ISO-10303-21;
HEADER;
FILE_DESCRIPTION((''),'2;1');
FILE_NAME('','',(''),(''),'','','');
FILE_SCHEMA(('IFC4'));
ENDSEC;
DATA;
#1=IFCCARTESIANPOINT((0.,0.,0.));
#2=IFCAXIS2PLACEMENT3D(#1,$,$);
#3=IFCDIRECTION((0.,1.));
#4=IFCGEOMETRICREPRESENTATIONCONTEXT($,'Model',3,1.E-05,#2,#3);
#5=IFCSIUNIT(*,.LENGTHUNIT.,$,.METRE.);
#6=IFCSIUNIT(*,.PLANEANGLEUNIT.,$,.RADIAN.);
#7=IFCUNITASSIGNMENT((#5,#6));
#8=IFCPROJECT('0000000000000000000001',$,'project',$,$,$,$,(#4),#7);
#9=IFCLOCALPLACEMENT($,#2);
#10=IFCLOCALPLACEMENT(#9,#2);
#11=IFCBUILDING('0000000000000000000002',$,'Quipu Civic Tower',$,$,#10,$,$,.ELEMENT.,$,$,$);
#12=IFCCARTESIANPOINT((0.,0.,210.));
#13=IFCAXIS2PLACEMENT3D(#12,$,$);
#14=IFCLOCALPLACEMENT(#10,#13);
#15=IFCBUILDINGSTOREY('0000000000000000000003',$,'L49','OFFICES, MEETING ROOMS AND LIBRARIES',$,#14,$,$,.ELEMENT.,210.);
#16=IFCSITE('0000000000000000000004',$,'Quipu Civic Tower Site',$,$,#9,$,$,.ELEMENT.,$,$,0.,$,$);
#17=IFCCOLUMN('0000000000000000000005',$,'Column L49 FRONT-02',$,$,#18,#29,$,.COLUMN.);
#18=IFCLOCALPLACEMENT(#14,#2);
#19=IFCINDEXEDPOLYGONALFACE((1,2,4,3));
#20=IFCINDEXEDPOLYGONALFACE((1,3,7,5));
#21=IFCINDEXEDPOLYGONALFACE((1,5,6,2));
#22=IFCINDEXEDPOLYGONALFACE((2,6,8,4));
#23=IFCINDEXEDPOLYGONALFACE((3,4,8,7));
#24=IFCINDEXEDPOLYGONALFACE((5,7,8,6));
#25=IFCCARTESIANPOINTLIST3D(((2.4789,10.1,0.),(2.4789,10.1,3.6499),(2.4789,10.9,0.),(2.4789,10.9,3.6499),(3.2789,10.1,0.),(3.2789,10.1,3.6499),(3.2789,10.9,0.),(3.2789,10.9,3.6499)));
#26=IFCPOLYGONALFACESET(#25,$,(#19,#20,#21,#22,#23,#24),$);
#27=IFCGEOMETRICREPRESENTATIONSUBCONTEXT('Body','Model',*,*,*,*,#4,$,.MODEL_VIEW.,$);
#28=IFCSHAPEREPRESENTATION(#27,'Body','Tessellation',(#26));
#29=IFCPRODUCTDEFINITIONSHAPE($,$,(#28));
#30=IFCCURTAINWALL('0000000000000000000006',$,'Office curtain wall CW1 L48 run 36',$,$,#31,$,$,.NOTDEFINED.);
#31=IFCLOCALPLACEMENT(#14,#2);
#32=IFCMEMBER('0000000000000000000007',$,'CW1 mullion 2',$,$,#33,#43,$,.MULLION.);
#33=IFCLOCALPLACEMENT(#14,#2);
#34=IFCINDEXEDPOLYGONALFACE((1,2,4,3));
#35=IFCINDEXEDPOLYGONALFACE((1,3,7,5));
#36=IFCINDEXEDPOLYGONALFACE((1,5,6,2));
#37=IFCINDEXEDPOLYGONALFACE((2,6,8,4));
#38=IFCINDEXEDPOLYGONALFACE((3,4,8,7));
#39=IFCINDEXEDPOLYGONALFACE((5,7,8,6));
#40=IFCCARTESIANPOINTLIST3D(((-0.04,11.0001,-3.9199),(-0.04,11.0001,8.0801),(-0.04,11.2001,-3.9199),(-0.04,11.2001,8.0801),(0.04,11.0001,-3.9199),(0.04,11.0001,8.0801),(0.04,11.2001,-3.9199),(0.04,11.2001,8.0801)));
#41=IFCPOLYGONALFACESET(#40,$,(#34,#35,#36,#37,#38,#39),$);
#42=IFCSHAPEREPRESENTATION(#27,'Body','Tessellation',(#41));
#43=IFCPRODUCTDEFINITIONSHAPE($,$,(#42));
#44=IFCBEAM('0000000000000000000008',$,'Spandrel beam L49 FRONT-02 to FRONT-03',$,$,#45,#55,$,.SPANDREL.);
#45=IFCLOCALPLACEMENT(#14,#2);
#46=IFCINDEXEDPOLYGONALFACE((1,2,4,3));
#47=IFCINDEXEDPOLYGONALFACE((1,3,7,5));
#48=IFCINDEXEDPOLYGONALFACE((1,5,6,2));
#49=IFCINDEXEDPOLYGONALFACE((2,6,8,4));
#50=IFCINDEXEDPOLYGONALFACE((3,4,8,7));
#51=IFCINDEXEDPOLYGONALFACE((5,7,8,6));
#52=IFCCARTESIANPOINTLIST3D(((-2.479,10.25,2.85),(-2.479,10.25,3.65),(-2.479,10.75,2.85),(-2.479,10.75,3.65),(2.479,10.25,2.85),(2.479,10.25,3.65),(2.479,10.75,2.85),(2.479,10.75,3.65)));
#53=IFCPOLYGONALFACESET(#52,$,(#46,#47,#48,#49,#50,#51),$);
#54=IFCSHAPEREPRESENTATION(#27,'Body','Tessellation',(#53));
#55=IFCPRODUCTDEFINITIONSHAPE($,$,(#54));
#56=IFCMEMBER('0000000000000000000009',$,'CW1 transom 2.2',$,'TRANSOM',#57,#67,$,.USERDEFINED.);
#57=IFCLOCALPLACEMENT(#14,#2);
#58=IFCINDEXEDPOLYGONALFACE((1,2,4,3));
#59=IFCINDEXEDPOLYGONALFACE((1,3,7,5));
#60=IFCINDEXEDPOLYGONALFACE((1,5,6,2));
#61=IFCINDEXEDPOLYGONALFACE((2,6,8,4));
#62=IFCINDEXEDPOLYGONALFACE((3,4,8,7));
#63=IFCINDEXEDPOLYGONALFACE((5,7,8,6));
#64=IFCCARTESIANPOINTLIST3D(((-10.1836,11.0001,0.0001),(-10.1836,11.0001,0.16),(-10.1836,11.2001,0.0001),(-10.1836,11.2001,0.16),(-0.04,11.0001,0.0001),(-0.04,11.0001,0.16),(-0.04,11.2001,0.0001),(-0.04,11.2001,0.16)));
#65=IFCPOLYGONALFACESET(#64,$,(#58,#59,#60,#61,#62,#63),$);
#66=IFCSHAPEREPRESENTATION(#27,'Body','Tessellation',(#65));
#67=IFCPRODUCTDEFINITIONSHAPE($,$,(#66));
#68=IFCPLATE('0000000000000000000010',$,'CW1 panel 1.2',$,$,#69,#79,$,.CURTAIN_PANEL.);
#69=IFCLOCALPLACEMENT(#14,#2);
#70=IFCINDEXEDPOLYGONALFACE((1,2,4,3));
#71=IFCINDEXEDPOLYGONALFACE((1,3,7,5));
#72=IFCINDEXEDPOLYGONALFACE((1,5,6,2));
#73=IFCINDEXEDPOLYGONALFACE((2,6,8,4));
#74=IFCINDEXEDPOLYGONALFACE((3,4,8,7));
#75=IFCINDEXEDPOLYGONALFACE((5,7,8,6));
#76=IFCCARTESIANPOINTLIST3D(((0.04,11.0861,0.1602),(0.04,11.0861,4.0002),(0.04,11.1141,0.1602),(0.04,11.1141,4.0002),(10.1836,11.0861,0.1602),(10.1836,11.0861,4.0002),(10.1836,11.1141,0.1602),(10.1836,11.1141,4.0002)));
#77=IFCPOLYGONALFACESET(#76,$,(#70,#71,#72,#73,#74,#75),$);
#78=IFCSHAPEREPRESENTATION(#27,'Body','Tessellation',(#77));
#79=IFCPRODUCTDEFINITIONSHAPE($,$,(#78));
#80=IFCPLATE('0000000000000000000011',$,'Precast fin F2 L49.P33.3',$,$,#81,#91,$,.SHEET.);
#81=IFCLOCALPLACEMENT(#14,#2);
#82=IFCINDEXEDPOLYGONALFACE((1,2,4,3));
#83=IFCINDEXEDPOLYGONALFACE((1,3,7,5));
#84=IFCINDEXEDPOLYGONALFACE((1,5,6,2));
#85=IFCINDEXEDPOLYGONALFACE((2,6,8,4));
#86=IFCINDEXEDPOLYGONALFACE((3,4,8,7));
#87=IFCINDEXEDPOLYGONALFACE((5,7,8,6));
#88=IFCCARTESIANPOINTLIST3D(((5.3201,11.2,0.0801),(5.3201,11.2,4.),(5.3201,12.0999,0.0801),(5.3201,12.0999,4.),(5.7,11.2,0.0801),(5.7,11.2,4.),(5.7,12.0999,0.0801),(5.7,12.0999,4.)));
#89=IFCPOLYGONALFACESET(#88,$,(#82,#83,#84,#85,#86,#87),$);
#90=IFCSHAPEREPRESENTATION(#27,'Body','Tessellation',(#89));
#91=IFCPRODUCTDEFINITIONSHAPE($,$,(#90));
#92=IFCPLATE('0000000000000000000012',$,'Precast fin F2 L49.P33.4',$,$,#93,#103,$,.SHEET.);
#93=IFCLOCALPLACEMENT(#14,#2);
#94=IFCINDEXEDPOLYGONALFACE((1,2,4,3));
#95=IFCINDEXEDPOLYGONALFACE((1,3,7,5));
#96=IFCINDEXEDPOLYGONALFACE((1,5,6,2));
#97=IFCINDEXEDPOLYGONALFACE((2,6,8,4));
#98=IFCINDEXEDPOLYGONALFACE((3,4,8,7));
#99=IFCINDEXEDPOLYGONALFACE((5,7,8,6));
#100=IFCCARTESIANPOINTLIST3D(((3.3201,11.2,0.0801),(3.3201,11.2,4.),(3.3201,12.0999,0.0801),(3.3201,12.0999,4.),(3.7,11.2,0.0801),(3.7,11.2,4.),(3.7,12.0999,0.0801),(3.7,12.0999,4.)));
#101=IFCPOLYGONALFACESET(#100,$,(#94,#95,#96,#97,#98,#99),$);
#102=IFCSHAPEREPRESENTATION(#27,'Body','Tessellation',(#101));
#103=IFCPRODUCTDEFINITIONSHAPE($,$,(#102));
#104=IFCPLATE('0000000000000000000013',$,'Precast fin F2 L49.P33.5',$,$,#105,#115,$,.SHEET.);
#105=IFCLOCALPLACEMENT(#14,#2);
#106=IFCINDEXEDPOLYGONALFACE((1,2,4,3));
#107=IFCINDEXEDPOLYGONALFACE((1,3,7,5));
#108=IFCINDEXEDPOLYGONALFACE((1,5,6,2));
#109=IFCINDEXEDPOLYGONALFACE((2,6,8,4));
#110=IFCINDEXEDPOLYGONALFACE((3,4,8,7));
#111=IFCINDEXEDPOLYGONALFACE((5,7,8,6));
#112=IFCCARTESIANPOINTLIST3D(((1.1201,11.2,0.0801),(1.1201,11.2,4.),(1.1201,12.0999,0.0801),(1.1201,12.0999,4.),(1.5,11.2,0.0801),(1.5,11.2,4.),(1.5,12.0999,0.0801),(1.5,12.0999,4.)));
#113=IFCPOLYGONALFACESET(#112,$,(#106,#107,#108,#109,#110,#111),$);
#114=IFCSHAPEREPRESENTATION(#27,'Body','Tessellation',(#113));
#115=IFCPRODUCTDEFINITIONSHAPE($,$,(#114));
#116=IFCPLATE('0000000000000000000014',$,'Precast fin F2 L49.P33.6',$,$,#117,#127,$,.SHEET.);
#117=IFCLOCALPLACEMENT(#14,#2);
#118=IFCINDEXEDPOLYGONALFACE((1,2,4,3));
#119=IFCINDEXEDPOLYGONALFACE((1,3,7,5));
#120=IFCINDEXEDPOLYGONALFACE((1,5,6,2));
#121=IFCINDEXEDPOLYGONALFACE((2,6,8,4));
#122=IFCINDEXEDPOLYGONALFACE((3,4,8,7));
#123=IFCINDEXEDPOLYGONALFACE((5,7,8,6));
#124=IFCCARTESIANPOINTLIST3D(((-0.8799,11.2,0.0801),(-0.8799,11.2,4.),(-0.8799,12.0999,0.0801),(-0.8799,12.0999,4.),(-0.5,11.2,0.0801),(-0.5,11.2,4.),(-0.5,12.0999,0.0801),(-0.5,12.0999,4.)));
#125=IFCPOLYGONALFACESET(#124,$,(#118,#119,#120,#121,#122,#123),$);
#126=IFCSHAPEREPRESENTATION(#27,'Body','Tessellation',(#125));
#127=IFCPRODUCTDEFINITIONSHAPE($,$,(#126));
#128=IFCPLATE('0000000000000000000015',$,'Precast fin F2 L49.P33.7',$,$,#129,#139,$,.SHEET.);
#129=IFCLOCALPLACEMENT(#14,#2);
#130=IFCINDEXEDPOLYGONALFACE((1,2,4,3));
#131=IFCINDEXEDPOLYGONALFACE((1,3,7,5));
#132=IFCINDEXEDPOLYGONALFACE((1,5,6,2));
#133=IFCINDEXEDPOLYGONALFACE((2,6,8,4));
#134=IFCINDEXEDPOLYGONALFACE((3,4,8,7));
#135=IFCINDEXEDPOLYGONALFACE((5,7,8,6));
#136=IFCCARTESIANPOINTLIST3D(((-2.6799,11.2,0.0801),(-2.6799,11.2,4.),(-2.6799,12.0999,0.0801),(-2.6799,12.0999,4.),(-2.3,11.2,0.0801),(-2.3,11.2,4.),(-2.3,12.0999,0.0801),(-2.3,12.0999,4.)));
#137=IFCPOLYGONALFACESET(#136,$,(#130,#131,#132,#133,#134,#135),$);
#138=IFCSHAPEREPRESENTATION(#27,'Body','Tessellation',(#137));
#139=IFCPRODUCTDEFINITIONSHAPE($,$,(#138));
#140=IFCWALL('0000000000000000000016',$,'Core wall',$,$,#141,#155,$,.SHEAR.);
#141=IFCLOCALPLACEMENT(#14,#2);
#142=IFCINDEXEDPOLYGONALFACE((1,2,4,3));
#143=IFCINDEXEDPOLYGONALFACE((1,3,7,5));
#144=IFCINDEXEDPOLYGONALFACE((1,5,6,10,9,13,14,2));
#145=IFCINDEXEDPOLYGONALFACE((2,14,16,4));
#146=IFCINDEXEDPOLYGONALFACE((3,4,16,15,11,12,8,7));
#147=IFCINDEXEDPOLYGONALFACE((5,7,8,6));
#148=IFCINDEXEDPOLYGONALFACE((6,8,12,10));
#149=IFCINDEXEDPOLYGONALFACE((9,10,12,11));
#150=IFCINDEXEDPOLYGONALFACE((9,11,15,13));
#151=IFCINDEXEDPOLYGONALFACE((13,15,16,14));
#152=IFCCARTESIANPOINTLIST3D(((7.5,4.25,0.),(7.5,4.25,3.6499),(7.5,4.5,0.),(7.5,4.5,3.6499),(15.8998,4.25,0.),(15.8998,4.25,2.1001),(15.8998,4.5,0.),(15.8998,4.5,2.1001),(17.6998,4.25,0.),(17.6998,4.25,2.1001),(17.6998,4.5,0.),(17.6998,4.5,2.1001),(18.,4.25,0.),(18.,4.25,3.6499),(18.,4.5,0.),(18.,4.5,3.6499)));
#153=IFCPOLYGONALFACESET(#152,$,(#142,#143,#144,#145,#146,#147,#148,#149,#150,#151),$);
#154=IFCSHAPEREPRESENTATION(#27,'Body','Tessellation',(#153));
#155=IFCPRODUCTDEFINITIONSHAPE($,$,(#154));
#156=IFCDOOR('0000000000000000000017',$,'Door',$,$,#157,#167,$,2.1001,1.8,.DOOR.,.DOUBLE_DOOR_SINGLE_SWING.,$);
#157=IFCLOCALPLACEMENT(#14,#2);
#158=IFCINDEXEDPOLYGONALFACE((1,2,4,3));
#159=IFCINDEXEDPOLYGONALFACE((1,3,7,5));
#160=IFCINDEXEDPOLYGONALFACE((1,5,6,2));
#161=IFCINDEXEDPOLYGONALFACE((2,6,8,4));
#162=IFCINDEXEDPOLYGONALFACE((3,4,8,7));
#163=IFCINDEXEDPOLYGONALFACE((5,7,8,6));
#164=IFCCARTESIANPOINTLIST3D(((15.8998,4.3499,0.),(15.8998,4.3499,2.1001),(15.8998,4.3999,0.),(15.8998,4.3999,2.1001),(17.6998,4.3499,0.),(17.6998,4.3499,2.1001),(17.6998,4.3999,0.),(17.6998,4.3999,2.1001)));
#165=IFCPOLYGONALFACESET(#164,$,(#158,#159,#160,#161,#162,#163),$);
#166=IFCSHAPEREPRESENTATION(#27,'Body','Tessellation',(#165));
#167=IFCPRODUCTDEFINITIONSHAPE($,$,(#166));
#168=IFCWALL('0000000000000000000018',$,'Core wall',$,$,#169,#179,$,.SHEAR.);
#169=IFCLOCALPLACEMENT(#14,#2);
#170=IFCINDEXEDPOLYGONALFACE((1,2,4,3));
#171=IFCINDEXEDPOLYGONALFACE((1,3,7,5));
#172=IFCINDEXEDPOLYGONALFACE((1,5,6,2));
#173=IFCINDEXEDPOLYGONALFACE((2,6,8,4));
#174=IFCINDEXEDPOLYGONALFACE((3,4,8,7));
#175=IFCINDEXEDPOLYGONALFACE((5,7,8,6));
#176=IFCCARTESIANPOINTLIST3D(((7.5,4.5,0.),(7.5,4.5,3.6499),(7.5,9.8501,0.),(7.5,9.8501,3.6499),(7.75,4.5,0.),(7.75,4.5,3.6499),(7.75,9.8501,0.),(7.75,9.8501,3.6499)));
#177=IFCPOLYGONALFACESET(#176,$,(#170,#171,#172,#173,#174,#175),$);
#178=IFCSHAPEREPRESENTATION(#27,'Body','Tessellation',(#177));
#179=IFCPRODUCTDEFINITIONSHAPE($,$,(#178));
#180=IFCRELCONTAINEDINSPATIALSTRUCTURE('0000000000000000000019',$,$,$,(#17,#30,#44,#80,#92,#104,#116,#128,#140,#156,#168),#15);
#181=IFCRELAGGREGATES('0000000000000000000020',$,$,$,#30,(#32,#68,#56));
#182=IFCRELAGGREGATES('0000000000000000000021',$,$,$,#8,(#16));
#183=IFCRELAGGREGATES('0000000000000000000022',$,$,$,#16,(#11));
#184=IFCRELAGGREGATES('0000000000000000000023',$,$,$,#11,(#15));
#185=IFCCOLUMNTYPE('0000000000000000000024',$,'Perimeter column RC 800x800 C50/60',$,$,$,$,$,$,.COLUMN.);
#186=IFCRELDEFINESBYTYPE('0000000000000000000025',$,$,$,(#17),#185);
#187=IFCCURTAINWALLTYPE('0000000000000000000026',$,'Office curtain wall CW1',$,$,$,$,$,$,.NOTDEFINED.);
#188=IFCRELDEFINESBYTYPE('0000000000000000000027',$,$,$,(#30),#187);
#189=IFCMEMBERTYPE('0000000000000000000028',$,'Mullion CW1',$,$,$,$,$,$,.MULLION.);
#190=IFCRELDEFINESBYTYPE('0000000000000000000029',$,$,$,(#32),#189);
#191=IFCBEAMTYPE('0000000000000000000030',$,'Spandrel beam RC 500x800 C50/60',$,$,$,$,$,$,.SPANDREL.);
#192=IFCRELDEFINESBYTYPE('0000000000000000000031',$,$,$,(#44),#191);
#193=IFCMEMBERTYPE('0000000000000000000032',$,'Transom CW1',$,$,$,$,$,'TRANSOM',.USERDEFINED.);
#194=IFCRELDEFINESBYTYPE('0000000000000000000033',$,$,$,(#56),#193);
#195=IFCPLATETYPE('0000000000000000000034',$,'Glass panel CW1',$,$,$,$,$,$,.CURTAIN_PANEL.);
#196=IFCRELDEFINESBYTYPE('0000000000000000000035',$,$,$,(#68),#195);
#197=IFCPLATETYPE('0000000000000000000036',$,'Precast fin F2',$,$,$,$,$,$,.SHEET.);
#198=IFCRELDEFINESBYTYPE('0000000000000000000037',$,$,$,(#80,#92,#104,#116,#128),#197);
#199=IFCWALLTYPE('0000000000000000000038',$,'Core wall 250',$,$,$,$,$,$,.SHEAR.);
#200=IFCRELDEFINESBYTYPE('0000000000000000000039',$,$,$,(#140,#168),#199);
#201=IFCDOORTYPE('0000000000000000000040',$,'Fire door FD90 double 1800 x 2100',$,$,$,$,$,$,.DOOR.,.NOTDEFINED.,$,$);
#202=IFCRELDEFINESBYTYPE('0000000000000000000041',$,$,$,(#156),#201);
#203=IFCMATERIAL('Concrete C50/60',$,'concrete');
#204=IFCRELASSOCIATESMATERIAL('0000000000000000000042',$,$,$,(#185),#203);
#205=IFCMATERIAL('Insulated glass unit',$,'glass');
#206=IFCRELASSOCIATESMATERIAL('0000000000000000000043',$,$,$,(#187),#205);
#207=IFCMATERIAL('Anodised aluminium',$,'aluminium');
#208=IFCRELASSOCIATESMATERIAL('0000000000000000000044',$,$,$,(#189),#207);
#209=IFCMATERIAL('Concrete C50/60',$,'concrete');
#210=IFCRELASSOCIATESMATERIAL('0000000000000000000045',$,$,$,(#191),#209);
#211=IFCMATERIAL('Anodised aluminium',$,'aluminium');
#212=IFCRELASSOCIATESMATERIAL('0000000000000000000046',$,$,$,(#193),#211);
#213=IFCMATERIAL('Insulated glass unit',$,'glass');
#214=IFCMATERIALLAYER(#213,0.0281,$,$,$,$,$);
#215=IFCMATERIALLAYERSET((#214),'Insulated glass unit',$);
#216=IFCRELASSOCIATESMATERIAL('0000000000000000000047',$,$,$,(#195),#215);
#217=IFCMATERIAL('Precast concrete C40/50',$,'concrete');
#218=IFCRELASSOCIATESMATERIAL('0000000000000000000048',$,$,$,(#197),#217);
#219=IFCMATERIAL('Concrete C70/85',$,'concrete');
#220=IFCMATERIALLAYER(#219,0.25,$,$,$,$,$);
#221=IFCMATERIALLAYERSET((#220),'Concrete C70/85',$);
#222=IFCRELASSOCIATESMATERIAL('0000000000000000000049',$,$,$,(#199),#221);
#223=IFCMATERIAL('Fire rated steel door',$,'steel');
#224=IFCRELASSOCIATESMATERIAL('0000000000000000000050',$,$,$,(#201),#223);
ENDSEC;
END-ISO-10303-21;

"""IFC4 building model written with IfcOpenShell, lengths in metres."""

from ifc_helpers import new_model, si_unit, direction, frame, frame_2d, origin, origin_2d, place, context, subcontext, project, spatial, rectangle, extrude, material, layer, layer_set, material_profile, profile_set, type_object, element, fill, aggregate, save


model = new_model("IFC4")

# Units and contexts
model_context = context("Model", 3, precision=1e-05, world=origin(), true_north=direction((0.0, 1.0)))
body_context = subcontext(model_context, "Body", "Model", "MODEL_VIEW")
ifc_project = project(units=[si_unit("LENGTHUNIT", "METRE"), si_unit("PLANEANGLEUNIT", "RADIAN")], contexts=[model_context])

# Site, building, storey
site_placement = place(None, origin())
site = spatial("IfcSite", under=ifc_project, at=site_placement, Name="Quipu Civic Tower Site", CompositionType="ELEMENT", RefElevation=0.0)
building_placement = place(site_placement, origin())
building = spatial("IfcBuilding", under=site, at=building_placement, Name="Quipu Civic Tower", CompositionType="ELEMENT")
storey_placement = place(building_placement, frame((0.0, 0.0, 210.0)))
storey = spatial("IfcBuildingStorey", under=building, at=storey_placement, Name="L49", Description="OFFICES, MEETING ROOMS AND LIBRARIES", CompositionType="ELEMENT", Elevation=210.0)

# Column
ifc_material_1 = material(Name="Concrete C50/60", Category="concrete")
ifc_material_profile_1 = material_profile(ifc_material_1, rectangle(XDim=0.8, YDim=0.8, at=origin_2d()), Name="RC800x800")
ifc_profile_set_1 = profile_set([ifc_material_profile_1], Name="Concrete C50/60")
column_type = type_object("IfcColumnType", Name="Perimeter column RC 800x800 C50/60", PredefinedType="COLUMN", material=ifc_profile_set_1)
column_placement = place(storey_placement, frame((2.8789, 10.5, 0.0), z_axis=(0.0, 0.0, 1.0), x_axis=(-1.0, 0.0, 0.0)))
element("IfcColumn", 1, at=column_placement, inside=storey, type_object=column_type, Name="Column L49 FRONT-02", PredefinedType="COLUMN", context=body_context, shape_type="SweptSolid", body=[
    extrude(rectangle(XDim=0.8, YDim=0.8, at=origin_2d()), origin(), (0.0, 0.0, 1.0), 3.6499),
])

# Curtain wall, member
ifc_material_2 = material(Name="Insulated glass unit", Category="glass")
curtain_wall_type = type_object("IfcCurtainWallType", Name="Office curtain wall CW1", PredefinedType="NOTDEFINED", material=ifc_material_2)
curtain_wall_placement = place(storey_placement, origin())
curtain_wall = element("IfcCurtainWall", 2, at=curtain_wall_placement, inside=storey, type_object=curtain_wall_type, Name="Office curtain wall CW1 L48 run 36", PredefinedType="NOTDEFINED")
ifc_material_3 = material(Name="Anodised aluminium", Category="aluminium")
ifc_material_profile_2 = material_profile(ifc_material_3, rectangle(XDim=0.2, YDim=0.0801, at=origin_2d()), Name="RECT 200x80")
ifc_profile_set_2 = profile_set([ifc_material_profile_2], Name="Anodised aluminium")
member_type_1 = type_object("IfcMemberType", Name="Mullion CW1", PredefinedType="MULLION", material=ifc_profile_set_2)
member_1_placement = place(storey_placement, frame((0.0, 11.1001, -3.9199), z_axis=(0.0, 0.0, 1.0), x_axis=(0.0, -1.0, 0.0)))
member_1 = element("IfcMember", 3, at=member_1_placement, type_object=member_type_1, Name="CW1 mullion 2", PredefinedType="MULLION", context=body_context, shape_type="SweptSolid", body=[
    extrude(rectangle(XDim=0.2, YDim=0.0801, at=origin_2d()), origin(), (0.0, 0.0, 1.0), 12.0),
])

# Beam
ifc_material_4 = material(Name="Concrete C50/60", Category="concrete")
ifc_material_profile_3 = material_profile(ifc_material_4, rectangle(XDim=0.5, YDim=0.8, at=origin_2d()), Name="RC500x800")
ifc_profile_set_3 = profile_set([ifc_material_profile_3], Name="Concrete C50/60")
beam_type = type_object("IfcBeamType", Name="Spandrel beam RC 500x800 C50/60", PredefinedType="SPANDREL", material=ifc_profile_set_3)
beam_placement = place(storey_placement, frame((2.479, 10.5, 3.25), z_axis=(-1.0, 0.0, 0.0), x_axis=(0.0, -1.0, 0.0)))
element("IfcBeam", 4, at=beam_placement, inside=storey, type_object=beam_type, Name="Spandrel beam L49 FRONT-02 to FRONT-03", PredefinedType="SPANDREL", context=body_context, shape_type="SweptSolid", body=[
    extrude(rectangle(XDim=0.5, YDim=0.8, at=origin_2d()), origin(), (0.0, 0.0, 1.0), 4.958),
])

# Member
ifc_material_5 = material(Name="Anodised aluminium", Category="aluminium")
ifc_material_profile_4 = material_profile(ifc_material_5, rectangle(XDim=0.2, YDim=0.1599, at=origin_2d()), Name="RECT 200x160")
ifc_profile_set_4 = profile_set([ifc_material_profile_4], Name="Anodised aluminium")
member_type_2 = type_object("IfcMemberType", Name="Transom CW1", ElementType="TRANSOM", PredefinedType="USERDEFINED", material=ifc_profile_set_4)
member_2_placement = place(storey_placement, frame((-0.04, 11.1001, 0.0801), z_axis=(-1.0, 0.0, 0.0), x_axis=(0.0, -1.0, 0.0)))
member_2 = element("IfcMember", 5, at=member_2_placement, type_object=member_type_2, Name="CW1 transom 2.2", ObjectType="TRANSOM", PredefinedType="USERDEFINED", context=body_context, shape_type="SweptSolid", body=[
    extrude(rectangle(XDim=0.2, YDim=0.1599, at=origin_2d()), origin(), (0.0, 0.0, 1.0), 10.1436),
])

# Plate
ifc_material_6 = material(Name="Insulated glass unit", Category="glass")
ifc_layer_1 = layer(ifc_material_6, 0.0281)
ifc_layer_set_1 = layer_set([ifc_layer_1], Name="Insulated glass unit")
plate_type_1 = type_object("IfcPlateType", Name="Glass panel CW1", PredefinedType="CURTAIN_PANEL", material=ifc_layer_set_1)
plate_placement = place(storey_placement, frame((5.1118, 11.1001, 0.1602), z_axis=(0.0, 0.0, 1.0), x_axis=(-1.0, 0.0, 0.0)))
plate = element("IfcPlate", 6, at=plate_placement, type_object=plate_type_1, Name="CW1 panel 1.2", PredefinedType="CURTAIN_PANEL", context=body_context, shape_type="SweptSolid", body=[
    extrude(rectangle(XDim=10.1436, YDim=0.0281, at=origin_2d()), origin(), (0.0, 0.0, 1.0), 3.8401),
])
aggregate(curtain_wall, [member_1, plate, member_2])

# Plates
ifc_material_7 = material(Name="Precast concrete C40/50", Category="concrete")
plate_type_2 = type_object("IfcPlateType", Name="Precast fin F2", PredefinedType="SHEET", material=ifc_material_7)
for number, where, z_axis, x_axis, name in (
    (7, (5.51, 11.6499, 0.0801), (0.0, 0.0, 1.0), (-1.0, 0.0, 0.0), "Precast fin F2 L49.P33.3"),
    (8, (3.51, 11.6499, 0.0801), (0.0, 0.0, 1.0), (-1.0, 0.0, 0.0), "Precast fin F2 L49.P33.4"),
    (9, (1.3101, 11.6499, 0.0801), (0.0, 0.0, 1.0), (-1.0, 0.0, 0.0), "Precast fin F2 L49.P33.5"),
    (10, (-0.6899, 11.6499, 0.0801), (0.0, 0.0, 1.0), (-1.0, 0.0, 0.0), "Precast fin F2 L49.P33.6"),
    (11, (-2.49, 11.6499, 0.0801), (0.0, 0.0, 1.0), (-1.0, 0.0, 0.0), "Precast fin F2 L49.P33.7"),
):
    element("IfcPlate", number, at=place(storey_placement, frame(where, z_axis=z_axis, x_axis=x_axis)), inside=storey, type_object=plate_type_2, Name=name, PredefinedType="SHEET", context=body_context, shape_type="SweptSolid", body=[
        extrude(rectangle(XDim=0.3799, YDim=0.8999, at=origin_2d()), origin(), (0.0, 0.0, 1.0), 3.9199),
    ])

# Wall, opening, door
ifc_material_8 = material(Name="Concrete C70/85", Category="concrete")
ifc_layer_2 = layer(ifc_material_8, 0.25)
ifc_layer_set_2 = layer_set([ifc_layer_2], Name="Concrete C70/85")
wall_type_1 = type_object("IfcWallType", Name="Core wall 250", PredefinedType="SHEAR", material=ifc_layer_set_2)
wall_1_placement = place(storey_placement, frame((7.5, 4.375, 0.0), z_axis=(0.0, 0.0, 1.0), x_axis=(1.0, 0.0, 0.0)))
wall_1 = element("IfcWall", 12, at=wall_1_placement, inside=storey, type_object=wall_type_1, Name="Core wall", PredefinedType="SHEAR", context=body_context, shape_type="SweptSolid", body=[
    extrude(rectangle(XDim=10.5, YDim=0.25, at=frame_2d((5.25, 0.0))), origin(), (0.0, 0.0, 1.0), 3.6499),
])
opening_1_placement = place(wall_1_placement, frame((8.3999, 0.0, 0.0)))
opening_1 = element("IfcOpeningElement", 13, at=opening_1_placement, cuts=wall_1, PredefinedType="OPENING", context=body_context, shape_type="SweptSolid", body=[
    extrude(rectangle(XDim=1.8, YDim=2.1001, at=frame_2d((0.8999, 1.05))), frame((0.0, 0.135, 0.0), z_axis=(0.0, -1.0, 0.0), x_axis=(1.0, 0.0, 0.0)), (0.0, 0.0, 1.0), 0.27),
])
ifc_material_9 = material(Name="Fire rated steel door", Category="steel")
door_type_1 = type_object("IfcDoorType", Name="Fire door FD90 double 1800 x 2100", OperationType="NOTDEFINED", PredefinedType="DOOR", material=ifc_material_9)
door_1_placement = place(opening_1_placement, origin())
door_1 = element("IfcDoor", 14, at=door_1_placement, inside=storey, type_object=door_type_1, Name="Door", OperationType="DOUBLE_DOOR_SINGLE_SWING", OverallHeight=2.1001, OverallWidth=1.8, PredefinedType="DOOR", context=body_context, shape_type="SweptSolid", body=[
    extrude(rectangle(XDim=1.8, YDim=2.1001, at=frame_2d((0.8999, 1.05))), frame((0.0, 0.0249, 0.0), z_axis=(0.0, -1.0, 0.0), x_axis=(1.0, 0.0, 0.0)), (0.0, 0.0, 1.0), 0.05),
])
fill(opening_1, door_1)

# Wall
wall_2_placement = place(storey_placement, frame((7.625, 4.5, 0.0), z_axis=(0.0, 0.0, 1.0), x_axis=(0.0, 1.0, 0.0)))
element("IfcWall", 15, at=wall_2_placement, inside=storey, type_object=wall_type_1, Name="Core wall", PredefinedType="SHEAR", context=body_context, shape_type="SweptSolid", body=[
    extrude(rectangle(XDim=5.3501, YDim=0.25, at=frame_2d((2.675, 0.0))), origin(), (0.0, 0.0, 1.0), 3.6499),
])

save(model, "model.ifc")
